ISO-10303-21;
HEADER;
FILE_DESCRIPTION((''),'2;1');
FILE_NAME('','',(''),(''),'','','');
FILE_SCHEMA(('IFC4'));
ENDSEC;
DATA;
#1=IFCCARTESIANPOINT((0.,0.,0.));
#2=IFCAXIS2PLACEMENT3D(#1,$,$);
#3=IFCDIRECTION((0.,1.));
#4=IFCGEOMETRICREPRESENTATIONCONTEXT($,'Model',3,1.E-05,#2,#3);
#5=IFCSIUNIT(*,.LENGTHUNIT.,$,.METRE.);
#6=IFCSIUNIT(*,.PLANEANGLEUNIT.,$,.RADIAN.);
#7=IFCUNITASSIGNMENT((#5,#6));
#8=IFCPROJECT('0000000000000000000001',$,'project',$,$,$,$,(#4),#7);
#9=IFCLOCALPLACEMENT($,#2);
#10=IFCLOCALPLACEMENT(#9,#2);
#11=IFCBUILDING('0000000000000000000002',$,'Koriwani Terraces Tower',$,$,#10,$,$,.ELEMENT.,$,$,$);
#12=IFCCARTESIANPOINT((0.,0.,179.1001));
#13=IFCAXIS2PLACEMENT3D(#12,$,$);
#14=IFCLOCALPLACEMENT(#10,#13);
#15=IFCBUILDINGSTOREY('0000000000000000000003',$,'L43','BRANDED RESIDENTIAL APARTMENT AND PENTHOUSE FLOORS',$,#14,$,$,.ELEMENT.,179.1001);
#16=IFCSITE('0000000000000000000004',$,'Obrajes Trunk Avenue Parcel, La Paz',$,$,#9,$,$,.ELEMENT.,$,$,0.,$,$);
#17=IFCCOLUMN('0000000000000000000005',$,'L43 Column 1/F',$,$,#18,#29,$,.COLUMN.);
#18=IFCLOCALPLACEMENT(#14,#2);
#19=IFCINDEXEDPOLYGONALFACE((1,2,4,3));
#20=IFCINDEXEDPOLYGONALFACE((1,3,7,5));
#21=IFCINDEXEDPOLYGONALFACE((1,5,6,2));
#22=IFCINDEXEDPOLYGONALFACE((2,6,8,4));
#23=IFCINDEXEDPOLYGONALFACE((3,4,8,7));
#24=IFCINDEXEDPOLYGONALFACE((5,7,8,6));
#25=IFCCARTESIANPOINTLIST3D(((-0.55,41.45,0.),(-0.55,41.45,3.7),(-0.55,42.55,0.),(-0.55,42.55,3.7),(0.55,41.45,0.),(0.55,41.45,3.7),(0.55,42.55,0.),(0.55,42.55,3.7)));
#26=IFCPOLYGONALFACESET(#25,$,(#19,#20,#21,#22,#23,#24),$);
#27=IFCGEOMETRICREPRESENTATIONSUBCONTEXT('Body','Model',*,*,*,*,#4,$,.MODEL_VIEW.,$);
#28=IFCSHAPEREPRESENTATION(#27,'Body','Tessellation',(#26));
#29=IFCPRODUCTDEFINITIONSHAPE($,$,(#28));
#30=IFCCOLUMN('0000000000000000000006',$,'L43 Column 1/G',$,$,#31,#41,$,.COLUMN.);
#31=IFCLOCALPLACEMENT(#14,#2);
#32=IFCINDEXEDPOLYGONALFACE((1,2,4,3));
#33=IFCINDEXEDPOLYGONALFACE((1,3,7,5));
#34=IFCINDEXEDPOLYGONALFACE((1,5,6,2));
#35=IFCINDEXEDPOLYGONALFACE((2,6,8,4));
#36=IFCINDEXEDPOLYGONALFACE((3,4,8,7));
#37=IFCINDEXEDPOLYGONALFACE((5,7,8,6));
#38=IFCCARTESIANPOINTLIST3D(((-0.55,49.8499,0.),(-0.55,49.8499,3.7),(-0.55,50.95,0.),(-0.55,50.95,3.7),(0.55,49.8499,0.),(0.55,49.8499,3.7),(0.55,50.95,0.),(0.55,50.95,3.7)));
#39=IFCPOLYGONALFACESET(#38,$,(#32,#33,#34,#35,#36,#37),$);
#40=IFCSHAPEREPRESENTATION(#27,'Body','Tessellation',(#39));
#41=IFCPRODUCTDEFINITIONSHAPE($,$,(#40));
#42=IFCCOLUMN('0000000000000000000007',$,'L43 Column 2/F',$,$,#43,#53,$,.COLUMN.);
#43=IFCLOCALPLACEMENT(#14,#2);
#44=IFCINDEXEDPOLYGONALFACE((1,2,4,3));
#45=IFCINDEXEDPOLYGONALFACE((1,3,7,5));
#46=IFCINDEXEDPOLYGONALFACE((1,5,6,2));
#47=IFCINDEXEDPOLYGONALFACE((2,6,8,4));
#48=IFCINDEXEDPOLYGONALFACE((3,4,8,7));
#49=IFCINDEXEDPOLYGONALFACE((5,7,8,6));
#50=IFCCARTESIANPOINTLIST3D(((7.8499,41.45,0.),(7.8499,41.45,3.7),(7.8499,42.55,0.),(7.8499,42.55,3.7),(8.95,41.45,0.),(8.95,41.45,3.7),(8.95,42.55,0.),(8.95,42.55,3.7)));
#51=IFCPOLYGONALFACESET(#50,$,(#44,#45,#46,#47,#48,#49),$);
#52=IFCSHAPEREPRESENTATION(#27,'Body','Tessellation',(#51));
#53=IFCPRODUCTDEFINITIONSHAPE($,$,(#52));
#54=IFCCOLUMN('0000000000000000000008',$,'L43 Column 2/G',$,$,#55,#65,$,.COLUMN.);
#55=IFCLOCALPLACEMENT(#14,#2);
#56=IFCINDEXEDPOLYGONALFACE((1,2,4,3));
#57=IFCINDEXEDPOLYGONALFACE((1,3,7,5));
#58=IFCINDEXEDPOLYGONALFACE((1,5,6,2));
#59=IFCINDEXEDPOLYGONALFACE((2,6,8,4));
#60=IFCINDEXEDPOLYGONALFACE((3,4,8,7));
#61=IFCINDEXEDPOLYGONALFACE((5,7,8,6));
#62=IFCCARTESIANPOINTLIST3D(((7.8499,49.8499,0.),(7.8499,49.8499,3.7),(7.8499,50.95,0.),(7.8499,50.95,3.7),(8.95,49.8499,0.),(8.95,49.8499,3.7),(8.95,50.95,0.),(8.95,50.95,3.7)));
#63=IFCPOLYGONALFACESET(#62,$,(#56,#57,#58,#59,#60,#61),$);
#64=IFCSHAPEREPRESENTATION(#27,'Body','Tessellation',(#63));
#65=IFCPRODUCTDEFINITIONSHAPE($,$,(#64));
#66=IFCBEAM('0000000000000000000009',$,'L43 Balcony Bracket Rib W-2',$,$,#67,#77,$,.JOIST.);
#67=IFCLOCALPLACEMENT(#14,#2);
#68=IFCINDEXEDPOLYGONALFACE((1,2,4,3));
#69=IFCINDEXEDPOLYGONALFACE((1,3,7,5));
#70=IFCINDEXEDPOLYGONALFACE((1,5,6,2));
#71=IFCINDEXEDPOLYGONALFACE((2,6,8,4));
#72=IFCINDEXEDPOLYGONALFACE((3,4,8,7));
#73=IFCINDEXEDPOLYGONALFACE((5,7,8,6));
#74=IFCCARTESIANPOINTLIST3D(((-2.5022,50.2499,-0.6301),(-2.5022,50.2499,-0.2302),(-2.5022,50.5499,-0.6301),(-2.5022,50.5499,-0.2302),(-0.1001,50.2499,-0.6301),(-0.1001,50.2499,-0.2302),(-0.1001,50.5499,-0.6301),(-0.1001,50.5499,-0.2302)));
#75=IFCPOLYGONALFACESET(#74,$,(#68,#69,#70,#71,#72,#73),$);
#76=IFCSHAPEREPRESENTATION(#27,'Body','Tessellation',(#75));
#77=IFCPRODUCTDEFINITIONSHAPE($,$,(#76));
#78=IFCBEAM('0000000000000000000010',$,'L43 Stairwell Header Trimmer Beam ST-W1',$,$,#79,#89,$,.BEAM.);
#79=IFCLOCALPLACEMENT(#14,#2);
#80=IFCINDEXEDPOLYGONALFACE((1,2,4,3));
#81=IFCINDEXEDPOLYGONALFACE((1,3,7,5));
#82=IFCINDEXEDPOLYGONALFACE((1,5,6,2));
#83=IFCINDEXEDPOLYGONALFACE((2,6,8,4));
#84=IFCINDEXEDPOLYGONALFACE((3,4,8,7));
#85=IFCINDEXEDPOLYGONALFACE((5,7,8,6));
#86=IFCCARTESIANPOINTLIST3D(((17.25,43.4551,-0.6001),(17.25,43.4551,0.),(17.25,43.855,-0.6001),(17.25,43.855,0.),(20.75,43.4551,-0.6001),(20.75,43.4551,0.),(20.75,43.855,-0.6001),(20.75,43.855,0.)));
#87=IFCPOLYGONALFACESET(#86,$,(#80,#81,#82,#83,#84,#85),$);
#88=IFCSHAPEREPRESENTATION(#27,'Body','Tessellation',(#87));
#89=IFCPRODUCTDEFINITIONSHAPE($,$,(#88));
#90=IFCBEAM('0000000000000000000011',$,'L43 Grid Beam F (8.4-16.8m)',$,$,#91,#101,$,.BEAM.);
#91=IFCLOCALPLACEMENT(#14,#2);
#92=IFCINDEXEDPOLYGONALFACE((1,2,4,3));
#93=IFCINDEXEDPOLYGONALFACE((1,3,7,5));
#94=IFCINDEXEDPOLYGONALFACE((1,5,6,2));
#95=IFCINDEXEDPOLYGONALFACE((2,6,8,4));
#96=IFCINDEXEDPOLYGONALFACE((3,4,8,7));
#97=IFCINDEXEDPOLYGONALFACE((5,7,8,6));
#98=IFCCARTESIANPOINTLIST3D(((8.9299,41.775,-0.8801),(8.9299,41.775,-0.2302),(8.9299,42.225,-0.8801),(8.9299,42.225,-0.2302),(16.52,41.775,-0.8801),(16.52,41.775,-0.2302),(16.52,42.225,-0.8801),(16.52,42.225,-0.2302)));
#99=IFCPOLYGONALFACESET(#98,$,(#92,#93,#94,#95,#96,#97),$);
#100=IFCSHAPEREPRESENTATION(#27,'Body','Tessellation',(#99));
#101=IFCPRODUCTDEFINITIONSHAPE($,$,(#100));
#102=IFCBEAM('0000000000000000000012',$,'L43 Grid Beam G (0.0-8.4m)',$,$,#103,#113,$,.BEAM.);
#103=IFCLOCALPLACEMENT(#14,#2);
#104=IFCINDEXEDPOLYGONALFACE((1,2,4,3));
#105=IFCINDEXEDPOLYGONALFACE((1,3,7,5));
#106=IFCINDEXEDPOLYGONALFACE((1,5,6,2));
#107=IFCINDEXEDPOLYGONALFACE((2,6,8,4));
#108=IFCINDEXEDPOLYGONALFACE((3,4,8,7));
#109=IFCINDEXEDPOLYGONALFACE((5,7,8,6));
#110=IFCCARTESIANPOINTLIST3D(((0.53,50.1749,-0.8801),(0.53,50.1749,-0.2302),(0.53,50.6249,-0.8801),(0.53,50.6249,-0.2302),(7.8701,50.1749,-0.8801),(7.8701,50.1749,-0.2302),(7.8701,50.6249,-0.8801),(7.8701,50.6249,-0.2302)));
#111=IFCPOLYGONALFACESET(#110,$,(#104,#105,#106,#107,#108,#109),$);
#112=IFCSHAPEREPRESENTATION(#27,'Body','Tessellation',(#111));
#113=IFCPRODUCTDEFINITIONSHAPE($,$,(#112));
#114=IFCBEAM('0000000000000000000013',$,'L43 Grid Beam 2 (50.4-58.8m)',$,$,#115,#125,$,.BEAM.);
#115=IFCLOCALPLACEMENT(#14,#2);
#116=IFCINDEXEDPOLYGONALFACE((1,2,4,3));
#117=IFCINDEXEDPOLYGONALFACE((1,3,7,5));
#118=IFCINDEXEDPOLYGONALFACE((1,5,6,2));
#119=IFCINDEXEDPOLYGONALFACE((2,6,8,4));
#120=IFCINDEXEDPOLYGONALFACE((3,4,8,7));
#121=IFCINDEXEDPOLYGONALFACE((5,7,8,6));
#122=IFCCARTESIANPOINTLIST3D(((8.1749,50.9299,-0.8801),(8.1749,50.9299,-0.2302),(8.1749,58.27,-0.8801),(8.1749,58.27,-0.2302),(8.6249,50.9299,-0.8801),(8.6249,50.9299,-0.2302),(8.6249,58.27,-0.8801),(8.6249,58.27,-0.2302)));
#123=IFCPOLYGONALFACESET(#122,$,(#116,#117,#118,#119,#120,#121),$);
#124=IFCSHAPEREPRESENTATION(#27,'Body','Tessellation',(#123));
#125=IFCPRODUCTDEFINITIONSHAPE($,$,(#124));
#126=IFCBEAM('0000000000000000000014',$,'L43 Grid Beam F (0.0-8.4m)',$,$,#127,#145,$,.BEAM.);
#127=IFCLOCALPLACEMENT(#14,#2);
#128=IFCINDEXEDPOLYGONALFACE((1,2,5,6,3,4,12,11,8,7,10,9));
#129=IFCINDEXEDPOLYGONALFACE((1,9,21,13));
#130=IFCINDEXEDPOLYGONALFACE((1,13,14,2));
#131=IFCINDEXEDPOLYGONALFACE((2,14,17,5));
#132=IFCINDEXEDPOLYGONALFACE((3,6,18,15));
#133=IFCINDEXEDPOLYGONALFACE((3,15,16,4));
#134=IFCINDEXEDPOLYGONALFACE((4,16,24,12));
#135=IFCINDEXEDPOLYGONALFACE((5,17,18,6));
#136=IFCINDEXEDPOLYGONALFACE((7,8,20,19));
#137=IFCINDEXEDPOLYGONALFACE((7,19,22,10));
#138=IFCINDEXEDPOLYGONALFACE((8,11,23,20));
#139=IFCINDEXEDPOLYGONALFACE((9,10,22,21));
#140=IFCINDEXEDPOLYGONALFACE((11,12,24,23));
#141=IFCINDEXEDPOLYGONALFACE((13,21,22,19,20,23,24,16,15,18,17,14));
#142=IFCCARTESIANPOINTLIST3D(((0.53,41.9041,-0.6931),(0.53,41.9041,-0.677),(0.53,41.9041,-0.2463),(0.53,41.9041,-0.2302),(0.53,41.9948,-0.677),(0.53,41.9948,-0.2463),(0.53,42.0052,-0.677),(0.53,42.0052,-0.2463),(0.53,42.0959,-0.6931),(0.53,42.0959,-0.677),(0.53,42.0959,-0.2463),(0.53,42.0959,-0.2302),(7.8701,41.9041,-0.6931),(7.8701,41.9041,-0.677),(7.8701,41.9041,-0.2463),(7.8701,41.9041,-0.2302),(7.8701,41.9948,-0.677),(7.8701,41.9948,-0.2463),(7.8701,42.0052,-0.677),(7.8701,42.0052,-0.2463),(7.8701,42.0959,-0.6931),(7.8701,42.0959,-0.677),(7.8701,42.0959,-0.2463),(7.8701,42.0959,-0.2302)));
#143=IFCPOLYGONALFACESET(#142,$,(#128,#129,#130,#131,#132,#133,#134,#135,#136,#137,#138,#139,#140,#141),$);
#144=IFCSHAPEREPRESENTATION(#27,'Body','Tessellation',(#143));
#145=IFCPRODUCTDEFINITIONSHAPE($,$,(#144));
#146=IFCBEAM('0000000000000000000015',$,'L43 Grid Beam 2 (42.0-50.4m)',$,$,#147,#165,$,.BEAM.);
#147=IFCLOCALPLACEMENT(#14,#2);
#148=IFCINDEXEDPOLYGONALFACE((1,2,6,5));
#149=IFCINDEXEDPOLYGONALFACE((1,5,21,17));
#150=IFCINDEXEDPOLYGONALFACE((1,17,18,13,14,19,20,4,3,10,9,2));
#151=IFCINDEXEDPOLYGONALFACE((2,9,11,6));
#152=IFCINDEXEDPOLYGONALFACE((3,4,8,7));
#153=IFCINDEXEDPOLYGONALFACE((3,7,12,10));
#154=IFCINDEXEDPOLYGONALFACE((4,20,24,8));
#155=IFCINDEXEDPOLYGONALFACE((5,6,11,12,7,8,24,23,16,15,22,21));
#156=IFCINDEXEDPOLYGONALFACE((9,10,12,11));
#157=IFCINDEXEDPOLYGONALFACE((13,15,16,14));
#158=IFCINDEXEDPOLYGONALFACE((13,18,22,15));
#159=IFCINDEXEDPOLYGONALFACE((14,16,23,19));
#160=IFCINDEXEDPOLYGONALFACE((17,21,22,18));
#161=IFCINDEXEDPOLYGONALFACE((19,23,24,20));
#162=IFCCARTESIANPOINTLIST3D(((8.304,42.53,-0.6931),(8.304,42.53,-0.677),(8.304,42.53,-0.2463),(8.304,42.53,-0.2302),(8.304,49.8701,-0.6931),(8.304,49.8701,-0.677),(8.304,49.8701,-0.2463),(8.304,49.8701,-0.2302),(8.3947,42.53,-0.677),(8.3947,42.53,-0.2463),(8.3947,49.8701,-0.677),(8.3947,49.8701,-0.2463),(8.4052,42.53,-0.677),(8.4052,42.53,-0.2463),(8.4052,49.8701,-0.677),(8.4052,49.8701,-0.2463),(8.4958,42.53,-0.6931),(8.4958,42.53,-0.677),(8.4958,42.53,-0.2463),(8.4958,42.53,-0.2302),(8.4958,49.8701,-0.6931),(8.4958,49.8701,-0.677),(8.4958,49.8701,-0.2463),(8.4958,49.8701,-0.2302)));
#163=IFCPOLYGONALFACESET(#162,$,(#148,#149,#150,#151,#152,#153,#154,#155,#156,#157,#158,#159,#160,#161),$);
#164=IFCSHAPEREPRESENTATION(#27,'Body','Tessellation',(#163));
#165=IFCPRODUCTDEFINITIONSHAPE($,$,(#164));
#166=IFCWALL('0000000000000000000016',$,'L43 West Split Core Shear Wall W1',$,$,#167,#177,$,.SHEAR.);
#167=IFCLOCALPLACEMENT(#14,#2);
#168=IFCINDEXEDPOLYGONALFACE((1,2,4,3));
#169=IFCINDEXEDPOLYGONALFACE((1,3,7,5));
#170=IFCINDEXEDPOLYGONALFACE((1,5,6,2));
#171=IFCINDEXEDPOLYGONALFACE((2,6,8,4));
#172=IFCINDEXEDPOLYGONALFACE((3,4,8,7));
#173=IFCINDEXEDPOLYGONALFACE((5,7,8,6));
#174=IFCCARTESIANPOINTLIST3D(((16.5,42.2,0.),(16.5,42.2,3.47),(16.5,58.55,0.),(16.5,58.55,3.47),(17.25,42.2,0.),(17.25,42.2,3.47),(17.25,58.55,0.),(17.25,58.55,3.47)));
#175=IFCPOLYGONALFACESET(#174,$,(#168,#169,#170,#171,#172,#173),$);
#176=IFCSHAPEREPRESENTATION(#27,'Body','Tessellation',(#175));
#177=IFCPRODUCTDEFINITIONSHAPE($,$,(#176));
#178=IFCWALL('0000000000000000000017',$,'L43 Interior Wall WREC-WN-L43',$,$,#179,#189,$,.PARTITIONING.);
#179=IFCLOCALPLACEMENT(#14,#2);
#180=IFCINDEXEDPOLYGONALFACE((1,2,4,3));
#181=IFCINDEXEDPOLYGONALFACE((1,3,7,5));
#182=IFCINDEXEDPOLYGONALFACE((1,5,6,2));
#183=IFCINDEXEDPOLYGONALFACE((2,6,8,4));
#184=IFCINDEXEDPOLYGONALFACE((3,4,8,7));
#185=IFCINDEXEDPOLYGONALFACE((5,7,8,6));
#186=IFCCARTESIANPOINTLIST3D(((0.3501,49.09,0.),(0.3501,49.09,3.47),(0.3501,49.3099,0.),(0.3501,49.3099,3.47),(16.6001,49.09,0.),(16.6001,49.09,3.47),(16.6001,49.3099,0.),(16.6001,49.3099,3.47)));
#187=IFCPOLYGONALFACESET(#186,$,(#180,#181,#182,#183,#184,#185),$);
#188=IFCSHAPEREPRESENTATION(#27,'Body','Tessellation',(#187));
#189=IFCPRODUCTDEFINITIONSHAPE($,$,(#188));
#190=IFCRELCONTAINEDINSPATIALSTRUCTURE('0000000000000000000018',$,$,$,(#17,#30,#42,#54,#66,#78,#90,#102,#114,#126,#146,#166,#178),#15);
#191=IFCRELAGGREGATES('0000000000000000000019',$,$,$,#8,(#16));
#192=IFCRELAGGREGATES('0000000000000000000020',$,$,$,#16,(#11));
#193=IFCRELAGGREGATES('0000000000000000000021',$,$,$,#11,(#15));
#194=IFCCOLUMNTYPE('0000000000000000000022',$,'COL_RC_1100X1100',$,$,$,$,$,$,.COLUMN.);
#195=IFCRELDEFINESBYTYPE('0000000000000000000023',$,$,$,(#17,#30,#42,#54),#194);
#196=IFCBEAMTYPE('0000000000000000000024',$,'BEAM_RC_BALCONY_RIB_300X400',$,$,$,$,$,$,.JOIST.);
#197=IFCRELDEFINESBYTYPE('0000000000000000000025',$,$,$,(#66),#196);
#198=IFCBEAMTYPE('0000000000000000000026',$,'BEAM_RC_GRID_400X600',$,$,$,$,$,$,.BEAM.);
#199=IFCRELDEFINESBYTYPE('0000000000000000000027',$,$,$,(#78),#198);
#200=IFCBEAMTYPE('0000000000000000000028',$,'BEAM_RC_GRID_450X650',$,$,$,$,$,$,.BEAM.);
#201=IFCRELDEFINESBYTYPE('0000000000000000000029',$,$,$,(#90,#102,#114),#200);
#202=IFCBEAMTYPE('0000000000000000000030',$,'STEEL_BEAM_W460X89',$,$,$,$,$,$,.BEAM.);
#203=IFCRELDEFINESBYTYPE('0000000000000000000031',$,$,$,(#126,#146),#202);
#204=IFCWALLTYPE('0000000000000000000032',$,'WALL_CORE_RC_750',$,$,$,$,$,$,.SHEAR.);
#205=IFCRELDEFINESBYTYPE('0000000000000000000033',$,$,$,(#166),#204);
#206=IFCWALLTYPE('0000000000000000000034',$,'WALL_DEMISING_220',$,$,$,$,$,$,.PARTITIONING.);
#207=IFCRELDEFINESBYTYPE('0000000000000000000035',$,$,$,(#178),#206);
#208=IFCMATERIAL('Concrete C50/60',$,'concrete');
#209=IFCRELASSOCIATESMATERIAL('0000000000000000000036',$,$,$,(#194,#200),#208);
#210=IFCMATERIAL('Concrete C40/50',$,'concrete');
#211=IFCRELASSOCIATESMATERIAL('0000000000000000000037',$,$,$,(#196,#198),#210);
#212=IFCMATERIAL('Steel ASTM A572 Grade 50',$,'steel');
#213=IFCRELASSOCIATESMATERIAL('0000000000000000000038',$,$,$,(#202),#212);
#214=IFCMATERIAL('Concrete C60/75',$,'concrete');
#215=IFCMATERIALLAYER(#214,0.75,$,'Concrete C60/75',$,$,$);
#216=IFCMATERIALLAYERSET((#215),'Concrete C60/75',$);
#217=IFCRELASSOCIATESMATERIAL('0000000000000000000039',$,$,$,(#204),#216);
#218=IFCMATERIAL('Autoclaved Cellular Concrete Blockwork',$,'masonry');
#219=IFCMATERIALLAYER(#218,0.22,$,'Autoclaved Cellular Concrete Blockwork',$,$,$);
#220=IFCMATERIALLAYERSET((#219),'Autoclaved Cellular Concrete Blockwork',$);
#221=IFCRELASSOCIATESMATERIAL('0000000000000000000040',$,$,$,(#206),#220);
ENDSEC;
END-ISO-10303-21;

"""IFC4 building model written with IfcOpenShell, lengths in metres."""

from ifc_helpers import new_model, si_unit, direction, frame, frame_2d, origin, origin_2d, place, context, subcontext, project, spatial, rectangle, i_section, extrude, material, layer, layer_set, material_profile, profile_set, type_object, element, save


model = new_model("IFC4")

# Units and contexts
model_context = context("Model", 3, precision=1e-05, world=origin(), true_north=direction((0.0, 1.0)))
body_context = subcontext(model_context, "Body", "Model", "MODEL_VIEW")
ifc_project = project(units=[si_unit("LENGTHUNIT", "METRE"), si_unit("PLANEANGLEUNIT", "RADIAN")], contexts=[model_context])

# Site, building, storey
site_placement = place(None, origin())
site = spatial("IfcSite", under=ifc_project, at=site_placement, Name="Obrajes Trunk Avenue Parcel, La Paz", CompositionType="ELEMENT", RefElevation=0.0)
building_placement = place(site_placement, origin())
building = spatial("IfcBuilding", under=site, at=building_placement, Name="Koriwani Terraces Tower", CompositionType="ELEMENT")
storey_placement = place(building_placement, frame((0.0, 0.0, 179.1001)))
storey = spatial("IfcBuildingStorey", under=building, at=storey_placement, Name="L43", Description="BRANDED RESIDENTIAL APARTMENT AND PENTHOUSE FLOORS", CompositionType="ELEMENT", Elevation=179.1001)

# Columns
ifc_material_1 = material(Name="Concrete C50/60", Category="concrete")
ifc_material_profile_1 = material_profile(ifc_material_1, rectangle(XDim=1.1001, YDim=1.1001, at=origin_2d()), Name="Concrete C50/60", Category="LoadBearing")
ifc_profile_set_1 = profile_set([ifc_material_profile_1], Name="Concrete C50/60")
column_type = type_object("IfcColumnType", Name="COL_RC_1100X1100", PredefinedType="COLUMN", material=ifc_profile_set_1)
for number, where, z_axis, x_axis, name in (
    (1, (0.0, 42.0, 0.0), (0.0, 0.0, 1.0), (1.0, 0.0, 0.0), "L43 Column 1/F"),
    (2, (0.0, 50.3999, 0.0), (0.0, 0.0, 1.0), (1.0, 0.0, 0.0), "L43 Column 1/G"),
    (3, (8.3999, 42.0, 0.0), (0.0, 0.0, 1.0), (1.0, 0.0, 0.0), "L43 Column 2/F"),
    (4, (8.3999, 50.3999, 0.0), (0.0, 0.0, 1.0), (1.0, 0.0, 0.0), "L43 Column 2/G"),
):
    element("IfcColumn", number, at=place(storey_placement, frame(where, z_axis=z_axis, x_axis=x_axis)), inside=storey, type_object=column_type, Name=name, PredefinedType="COLUMN", context=body_context, shape_type="SweptSolid", body=[
        extrude(rectangle(XDim=1.1001, YDim=1.1001, at=origin_2d()), origin(), (0.0, 0.0, 1.0), 3.7),
    ])

# Beams
ifc_material_2 = material(Name="Concrete C40/50", Category="concrete")
ifc_material_profile_2 = material_profile(ifc_material_2, rectangle(XDim=0.3, YDim=0.3999, at=origin_2d()), Name="Concrete C40/50", Category="LoadBearing")
ifc_profile_set_2 = profile_set([ifc_material_profile_2], Name="Concrete C40/50")
beam_type_1 = type_object("IfcBeamType", Name="BEAM_RC_BALCONY_RIB_300X400", PredefinedType="JOIST", material=ifc_profile_set_2)
beam_1_placement = place(storey_placement, frame((-2.5022, 50.3999, -0.4302), z_axis=(1.0, 0.0, 0.0), x_axis=(0.0, 1.0, 0.0)))
element("IfcBeam", 5, at=beam_1_placement, inside=storey, type_object=beam_type_1, Name="L43 Balcony Bracket Rib W-2", PredefinedType="JOIST", context=body_context, shape_type="SweptSolid", body=[
    extrude(rectangle(XDim=0.3, YDim=0.3999, at=origin_2d()), origin(), (0.0, 0.0, 1.0), 2.4021),
])
ifc_material_profile_3 = material_profile(ifc_material_2, rectangle(XDim=0.3999, YDim=0.6001, at=origin_2d()), Name="Concrete C40/50", Category="LoadBearing")
ifc_profile_set_3 = profile_set([ifc_material_profile_3], Name="Concrete C40/50")
beam_type_2 = type_object("IfcBeamType", Name="BEAM_RC_GRID_400X600", PredefinedType="BEAM", material=ifc_profile_set_3)
beam_2_placement = place(storey_placement, frame((17.25, 43.655, -0.3), z_axis=(1.0, 0.0, 0.0), x_axis=(0.0, 1.0, 0.0)))
element("IfcBeam", 6, at=beam_2_placement, inside=storey, type_object=beam_type_2, Name="L43 Stairwell Header Trimmer Beam ST-W1", PredefinedType="BEAM", context=body_context, shape_type="SweptSolid", body=[
    extrude(rectangle(XDim=0.3999, YDim=0.6001, at=origin_2d()), origin(), (0.0, 0.0, 1.0), 3.5),
])
ifc_material_profile_4 = material_profile(ifc_material_1, rectangle(XDim=0.45, YDim=0.6499, at=origin_2d()), Name="Concrete C50/60", Category="LoadBearing")
ifc_profile_set_4 = profile_set([ifc_material_profile_4], Name="Concrete C50/60")
beam_type_3 = type_object("IfcBeamType", Name="BEAM_RC_GRID_450X650", PredefinedType="BEAM", material=ifc_profile_set_4)
beam_3_placement = place(storey_placement, frame((8.9299, 42.0, -0.5552), z_axis=(1.0, 0.0, 0.0), x_axis=(0.0, 1.0, 0.0)))
element("IfcBeam", 7, at=beam_3_placement, inside=storey, type_object=beam_type_3, Name="L43 Grid Beam F (8.4-16.8m)", PredefinedType="BEAM", context=body_context, shape_type="SweptSolid", body=[
    extrude(rectangle(XDim=0.45, YDim=0.6499, at=origin_2d()), origin(), (0.0, 0.0, 1.0), 7.5901),
])
for number, where, z_axis, x_axis, name in (
    (8, (0.53, 50.3999, -0.5552), (1.0, 0.0, 0.0), (0.0, 1.0, 0.0), "L43 Grid Beam G (0.0-8.4m)"),
    (9, (8.3999, 50.9299, -0.5552), (0.0, 1.0, 0.0), (-1.0, 0.0, 0.0), "L43 Grid Beam 2 (50.4-58.8m)"),
):
    element("IfcBeam", number, at=place(storey_placement, frame(where, z_axis=z_axis, x_axis=x_axis)), inside=storey, type_object=beam_type_3, Name=name, PredefinedType="BEAM", context=body_context, shape_type="SweptSolid", body=[
        extrude(rectangle(XDim=0.45, YDim=0.6499, at=origin_2d()), origin(), (0.0, 0.0, 1.0), 7.3401),
    ])
ifc_material_3 = material(Name="Steel ASTM A572 Grade 50", Category="steel")
ifc_material_profile_5 = material_profile(ifc_material_3, i_section(OverallWidth=0.1919, OverallDepth=0.4629, WebThickness=0.0105, FlangeThickness=0.0161, at=origin_2d()), Name="Steel ASTM A572 Grade 50", Category="LoadBearing")
ifc_profile_set_5 = profile_set([ifc_material_profile_5], Name="Steel ASTM A572 Grade 50")
beam_type_4 = type_object("IfcBeamType", Name="STEEL_BEAM_W460X89", PredefinedType="BEAM", material=ifc_profile_set_5)
for number, where, z_axis, x_axis, name in (
    (10, (0.53, 42.0, -0.4617), (1.0, 0.0, 0.0), (0.0, 1.0, 0.0), "L43 Grid Beam F (0.0-8.4m)"),
    (11, (8.3999, 42.53, -0.4617), (0.0, 1.0, 0.0), (-1.0, 0.0, 0.0), "L43 Grid Beam 2 (42.0-50.4m)"),
):
    element("IfcBeam", number, at=place(storey_placement, frame(where, z_axis=z_axis, x_axis=x_axis)), inside=storey, type_object=beam_type_4, Name=name, PredefinedType="BEAM", context=body_context, shape_type="SweptSolid", body=[
        extrude(i_section(OverallWidth=0.1919, OverallDepth=0.4629, WebThickness=0.0105, FlangeThickness=0.0161, at=origin_2d()), origin(), (0.0, 0.0, 1.0), 7.3401),
    ])

# Walls
ifc_material_4 = material(Name="Concrete C60/75", Category="concrete")
ifc_layer_1 = layer(ifc_material_4, 0.75, Name="Concrete C60/75")
ifc_layer_set_1 = layer_set([ifc_layer_1], Name="Concrete C60/75")
wall_type_1 = type_object("IfcWallType", Name="WALL_CORE_RC_750", PredefinedType="SHEAR", material=ifc_layer_set_1)
wall_1_placement = place(storey_placement, frame((16.875, 42.2, 0.0), z_axis=(0.0, 0.0, 1.0), x_axis=(0.0, 1.0, 0.0)))
element("IfcWall", 12, at=wall_1_placement, inside=storey, type_object=wall_type_1, Name="L43 West Split Core Shear Wall W1", PredefinedType="SHEAR", context=body_context, shape_type="SweptSolid", body=[
    extrude(rectangle(XDim=16.3501, YDim=0.75, at=frame_2d((8.175, 0.0))), origin(), (0.0, 0.0, 1.0), 3.47),
])
ifc_material_5 = material(Name="Autoclaved Cellular Concrete Blockwork", Category="masonry")
ifc_layer_2 = layer(ifc_material_5, 0.22, Name="Autoclaved Cellular Concrete Blockwork")
ifc_layer_set_2 = layer_set([ifc_layer_2], Name="Autoclaved Cellular Concrete Blockwork")
wall_type_2 = type_object("IfcWallType", Name="WALL_DEMISING_220", PredefinedType="PARTITIONING", material=ifc_layer_set_2)
wall_2_placement = place(storey_placement, frame((0.3501, 49.2, 0.0), z_axis=(0.0, 0.0, 1.0), x_axis=(1.0, 0.0, 0.0)))
element("IfcWall", 13, at=wall_2_placement, inside=storey, type_object=wall_type_2, Name="L43 Interior Wall WREC-WN-L43", PredefinedType="PARTITIONING", context=body_context, shape_type="SweptSolid", body=[
    extrude(rectangle(XDim=16.25, YDim=0.22, at=frame_2d((8.125, 0.0))), origin(), (0.0, 0.0, 1.0), 3.47),
])

save(model, "model.ifc")
